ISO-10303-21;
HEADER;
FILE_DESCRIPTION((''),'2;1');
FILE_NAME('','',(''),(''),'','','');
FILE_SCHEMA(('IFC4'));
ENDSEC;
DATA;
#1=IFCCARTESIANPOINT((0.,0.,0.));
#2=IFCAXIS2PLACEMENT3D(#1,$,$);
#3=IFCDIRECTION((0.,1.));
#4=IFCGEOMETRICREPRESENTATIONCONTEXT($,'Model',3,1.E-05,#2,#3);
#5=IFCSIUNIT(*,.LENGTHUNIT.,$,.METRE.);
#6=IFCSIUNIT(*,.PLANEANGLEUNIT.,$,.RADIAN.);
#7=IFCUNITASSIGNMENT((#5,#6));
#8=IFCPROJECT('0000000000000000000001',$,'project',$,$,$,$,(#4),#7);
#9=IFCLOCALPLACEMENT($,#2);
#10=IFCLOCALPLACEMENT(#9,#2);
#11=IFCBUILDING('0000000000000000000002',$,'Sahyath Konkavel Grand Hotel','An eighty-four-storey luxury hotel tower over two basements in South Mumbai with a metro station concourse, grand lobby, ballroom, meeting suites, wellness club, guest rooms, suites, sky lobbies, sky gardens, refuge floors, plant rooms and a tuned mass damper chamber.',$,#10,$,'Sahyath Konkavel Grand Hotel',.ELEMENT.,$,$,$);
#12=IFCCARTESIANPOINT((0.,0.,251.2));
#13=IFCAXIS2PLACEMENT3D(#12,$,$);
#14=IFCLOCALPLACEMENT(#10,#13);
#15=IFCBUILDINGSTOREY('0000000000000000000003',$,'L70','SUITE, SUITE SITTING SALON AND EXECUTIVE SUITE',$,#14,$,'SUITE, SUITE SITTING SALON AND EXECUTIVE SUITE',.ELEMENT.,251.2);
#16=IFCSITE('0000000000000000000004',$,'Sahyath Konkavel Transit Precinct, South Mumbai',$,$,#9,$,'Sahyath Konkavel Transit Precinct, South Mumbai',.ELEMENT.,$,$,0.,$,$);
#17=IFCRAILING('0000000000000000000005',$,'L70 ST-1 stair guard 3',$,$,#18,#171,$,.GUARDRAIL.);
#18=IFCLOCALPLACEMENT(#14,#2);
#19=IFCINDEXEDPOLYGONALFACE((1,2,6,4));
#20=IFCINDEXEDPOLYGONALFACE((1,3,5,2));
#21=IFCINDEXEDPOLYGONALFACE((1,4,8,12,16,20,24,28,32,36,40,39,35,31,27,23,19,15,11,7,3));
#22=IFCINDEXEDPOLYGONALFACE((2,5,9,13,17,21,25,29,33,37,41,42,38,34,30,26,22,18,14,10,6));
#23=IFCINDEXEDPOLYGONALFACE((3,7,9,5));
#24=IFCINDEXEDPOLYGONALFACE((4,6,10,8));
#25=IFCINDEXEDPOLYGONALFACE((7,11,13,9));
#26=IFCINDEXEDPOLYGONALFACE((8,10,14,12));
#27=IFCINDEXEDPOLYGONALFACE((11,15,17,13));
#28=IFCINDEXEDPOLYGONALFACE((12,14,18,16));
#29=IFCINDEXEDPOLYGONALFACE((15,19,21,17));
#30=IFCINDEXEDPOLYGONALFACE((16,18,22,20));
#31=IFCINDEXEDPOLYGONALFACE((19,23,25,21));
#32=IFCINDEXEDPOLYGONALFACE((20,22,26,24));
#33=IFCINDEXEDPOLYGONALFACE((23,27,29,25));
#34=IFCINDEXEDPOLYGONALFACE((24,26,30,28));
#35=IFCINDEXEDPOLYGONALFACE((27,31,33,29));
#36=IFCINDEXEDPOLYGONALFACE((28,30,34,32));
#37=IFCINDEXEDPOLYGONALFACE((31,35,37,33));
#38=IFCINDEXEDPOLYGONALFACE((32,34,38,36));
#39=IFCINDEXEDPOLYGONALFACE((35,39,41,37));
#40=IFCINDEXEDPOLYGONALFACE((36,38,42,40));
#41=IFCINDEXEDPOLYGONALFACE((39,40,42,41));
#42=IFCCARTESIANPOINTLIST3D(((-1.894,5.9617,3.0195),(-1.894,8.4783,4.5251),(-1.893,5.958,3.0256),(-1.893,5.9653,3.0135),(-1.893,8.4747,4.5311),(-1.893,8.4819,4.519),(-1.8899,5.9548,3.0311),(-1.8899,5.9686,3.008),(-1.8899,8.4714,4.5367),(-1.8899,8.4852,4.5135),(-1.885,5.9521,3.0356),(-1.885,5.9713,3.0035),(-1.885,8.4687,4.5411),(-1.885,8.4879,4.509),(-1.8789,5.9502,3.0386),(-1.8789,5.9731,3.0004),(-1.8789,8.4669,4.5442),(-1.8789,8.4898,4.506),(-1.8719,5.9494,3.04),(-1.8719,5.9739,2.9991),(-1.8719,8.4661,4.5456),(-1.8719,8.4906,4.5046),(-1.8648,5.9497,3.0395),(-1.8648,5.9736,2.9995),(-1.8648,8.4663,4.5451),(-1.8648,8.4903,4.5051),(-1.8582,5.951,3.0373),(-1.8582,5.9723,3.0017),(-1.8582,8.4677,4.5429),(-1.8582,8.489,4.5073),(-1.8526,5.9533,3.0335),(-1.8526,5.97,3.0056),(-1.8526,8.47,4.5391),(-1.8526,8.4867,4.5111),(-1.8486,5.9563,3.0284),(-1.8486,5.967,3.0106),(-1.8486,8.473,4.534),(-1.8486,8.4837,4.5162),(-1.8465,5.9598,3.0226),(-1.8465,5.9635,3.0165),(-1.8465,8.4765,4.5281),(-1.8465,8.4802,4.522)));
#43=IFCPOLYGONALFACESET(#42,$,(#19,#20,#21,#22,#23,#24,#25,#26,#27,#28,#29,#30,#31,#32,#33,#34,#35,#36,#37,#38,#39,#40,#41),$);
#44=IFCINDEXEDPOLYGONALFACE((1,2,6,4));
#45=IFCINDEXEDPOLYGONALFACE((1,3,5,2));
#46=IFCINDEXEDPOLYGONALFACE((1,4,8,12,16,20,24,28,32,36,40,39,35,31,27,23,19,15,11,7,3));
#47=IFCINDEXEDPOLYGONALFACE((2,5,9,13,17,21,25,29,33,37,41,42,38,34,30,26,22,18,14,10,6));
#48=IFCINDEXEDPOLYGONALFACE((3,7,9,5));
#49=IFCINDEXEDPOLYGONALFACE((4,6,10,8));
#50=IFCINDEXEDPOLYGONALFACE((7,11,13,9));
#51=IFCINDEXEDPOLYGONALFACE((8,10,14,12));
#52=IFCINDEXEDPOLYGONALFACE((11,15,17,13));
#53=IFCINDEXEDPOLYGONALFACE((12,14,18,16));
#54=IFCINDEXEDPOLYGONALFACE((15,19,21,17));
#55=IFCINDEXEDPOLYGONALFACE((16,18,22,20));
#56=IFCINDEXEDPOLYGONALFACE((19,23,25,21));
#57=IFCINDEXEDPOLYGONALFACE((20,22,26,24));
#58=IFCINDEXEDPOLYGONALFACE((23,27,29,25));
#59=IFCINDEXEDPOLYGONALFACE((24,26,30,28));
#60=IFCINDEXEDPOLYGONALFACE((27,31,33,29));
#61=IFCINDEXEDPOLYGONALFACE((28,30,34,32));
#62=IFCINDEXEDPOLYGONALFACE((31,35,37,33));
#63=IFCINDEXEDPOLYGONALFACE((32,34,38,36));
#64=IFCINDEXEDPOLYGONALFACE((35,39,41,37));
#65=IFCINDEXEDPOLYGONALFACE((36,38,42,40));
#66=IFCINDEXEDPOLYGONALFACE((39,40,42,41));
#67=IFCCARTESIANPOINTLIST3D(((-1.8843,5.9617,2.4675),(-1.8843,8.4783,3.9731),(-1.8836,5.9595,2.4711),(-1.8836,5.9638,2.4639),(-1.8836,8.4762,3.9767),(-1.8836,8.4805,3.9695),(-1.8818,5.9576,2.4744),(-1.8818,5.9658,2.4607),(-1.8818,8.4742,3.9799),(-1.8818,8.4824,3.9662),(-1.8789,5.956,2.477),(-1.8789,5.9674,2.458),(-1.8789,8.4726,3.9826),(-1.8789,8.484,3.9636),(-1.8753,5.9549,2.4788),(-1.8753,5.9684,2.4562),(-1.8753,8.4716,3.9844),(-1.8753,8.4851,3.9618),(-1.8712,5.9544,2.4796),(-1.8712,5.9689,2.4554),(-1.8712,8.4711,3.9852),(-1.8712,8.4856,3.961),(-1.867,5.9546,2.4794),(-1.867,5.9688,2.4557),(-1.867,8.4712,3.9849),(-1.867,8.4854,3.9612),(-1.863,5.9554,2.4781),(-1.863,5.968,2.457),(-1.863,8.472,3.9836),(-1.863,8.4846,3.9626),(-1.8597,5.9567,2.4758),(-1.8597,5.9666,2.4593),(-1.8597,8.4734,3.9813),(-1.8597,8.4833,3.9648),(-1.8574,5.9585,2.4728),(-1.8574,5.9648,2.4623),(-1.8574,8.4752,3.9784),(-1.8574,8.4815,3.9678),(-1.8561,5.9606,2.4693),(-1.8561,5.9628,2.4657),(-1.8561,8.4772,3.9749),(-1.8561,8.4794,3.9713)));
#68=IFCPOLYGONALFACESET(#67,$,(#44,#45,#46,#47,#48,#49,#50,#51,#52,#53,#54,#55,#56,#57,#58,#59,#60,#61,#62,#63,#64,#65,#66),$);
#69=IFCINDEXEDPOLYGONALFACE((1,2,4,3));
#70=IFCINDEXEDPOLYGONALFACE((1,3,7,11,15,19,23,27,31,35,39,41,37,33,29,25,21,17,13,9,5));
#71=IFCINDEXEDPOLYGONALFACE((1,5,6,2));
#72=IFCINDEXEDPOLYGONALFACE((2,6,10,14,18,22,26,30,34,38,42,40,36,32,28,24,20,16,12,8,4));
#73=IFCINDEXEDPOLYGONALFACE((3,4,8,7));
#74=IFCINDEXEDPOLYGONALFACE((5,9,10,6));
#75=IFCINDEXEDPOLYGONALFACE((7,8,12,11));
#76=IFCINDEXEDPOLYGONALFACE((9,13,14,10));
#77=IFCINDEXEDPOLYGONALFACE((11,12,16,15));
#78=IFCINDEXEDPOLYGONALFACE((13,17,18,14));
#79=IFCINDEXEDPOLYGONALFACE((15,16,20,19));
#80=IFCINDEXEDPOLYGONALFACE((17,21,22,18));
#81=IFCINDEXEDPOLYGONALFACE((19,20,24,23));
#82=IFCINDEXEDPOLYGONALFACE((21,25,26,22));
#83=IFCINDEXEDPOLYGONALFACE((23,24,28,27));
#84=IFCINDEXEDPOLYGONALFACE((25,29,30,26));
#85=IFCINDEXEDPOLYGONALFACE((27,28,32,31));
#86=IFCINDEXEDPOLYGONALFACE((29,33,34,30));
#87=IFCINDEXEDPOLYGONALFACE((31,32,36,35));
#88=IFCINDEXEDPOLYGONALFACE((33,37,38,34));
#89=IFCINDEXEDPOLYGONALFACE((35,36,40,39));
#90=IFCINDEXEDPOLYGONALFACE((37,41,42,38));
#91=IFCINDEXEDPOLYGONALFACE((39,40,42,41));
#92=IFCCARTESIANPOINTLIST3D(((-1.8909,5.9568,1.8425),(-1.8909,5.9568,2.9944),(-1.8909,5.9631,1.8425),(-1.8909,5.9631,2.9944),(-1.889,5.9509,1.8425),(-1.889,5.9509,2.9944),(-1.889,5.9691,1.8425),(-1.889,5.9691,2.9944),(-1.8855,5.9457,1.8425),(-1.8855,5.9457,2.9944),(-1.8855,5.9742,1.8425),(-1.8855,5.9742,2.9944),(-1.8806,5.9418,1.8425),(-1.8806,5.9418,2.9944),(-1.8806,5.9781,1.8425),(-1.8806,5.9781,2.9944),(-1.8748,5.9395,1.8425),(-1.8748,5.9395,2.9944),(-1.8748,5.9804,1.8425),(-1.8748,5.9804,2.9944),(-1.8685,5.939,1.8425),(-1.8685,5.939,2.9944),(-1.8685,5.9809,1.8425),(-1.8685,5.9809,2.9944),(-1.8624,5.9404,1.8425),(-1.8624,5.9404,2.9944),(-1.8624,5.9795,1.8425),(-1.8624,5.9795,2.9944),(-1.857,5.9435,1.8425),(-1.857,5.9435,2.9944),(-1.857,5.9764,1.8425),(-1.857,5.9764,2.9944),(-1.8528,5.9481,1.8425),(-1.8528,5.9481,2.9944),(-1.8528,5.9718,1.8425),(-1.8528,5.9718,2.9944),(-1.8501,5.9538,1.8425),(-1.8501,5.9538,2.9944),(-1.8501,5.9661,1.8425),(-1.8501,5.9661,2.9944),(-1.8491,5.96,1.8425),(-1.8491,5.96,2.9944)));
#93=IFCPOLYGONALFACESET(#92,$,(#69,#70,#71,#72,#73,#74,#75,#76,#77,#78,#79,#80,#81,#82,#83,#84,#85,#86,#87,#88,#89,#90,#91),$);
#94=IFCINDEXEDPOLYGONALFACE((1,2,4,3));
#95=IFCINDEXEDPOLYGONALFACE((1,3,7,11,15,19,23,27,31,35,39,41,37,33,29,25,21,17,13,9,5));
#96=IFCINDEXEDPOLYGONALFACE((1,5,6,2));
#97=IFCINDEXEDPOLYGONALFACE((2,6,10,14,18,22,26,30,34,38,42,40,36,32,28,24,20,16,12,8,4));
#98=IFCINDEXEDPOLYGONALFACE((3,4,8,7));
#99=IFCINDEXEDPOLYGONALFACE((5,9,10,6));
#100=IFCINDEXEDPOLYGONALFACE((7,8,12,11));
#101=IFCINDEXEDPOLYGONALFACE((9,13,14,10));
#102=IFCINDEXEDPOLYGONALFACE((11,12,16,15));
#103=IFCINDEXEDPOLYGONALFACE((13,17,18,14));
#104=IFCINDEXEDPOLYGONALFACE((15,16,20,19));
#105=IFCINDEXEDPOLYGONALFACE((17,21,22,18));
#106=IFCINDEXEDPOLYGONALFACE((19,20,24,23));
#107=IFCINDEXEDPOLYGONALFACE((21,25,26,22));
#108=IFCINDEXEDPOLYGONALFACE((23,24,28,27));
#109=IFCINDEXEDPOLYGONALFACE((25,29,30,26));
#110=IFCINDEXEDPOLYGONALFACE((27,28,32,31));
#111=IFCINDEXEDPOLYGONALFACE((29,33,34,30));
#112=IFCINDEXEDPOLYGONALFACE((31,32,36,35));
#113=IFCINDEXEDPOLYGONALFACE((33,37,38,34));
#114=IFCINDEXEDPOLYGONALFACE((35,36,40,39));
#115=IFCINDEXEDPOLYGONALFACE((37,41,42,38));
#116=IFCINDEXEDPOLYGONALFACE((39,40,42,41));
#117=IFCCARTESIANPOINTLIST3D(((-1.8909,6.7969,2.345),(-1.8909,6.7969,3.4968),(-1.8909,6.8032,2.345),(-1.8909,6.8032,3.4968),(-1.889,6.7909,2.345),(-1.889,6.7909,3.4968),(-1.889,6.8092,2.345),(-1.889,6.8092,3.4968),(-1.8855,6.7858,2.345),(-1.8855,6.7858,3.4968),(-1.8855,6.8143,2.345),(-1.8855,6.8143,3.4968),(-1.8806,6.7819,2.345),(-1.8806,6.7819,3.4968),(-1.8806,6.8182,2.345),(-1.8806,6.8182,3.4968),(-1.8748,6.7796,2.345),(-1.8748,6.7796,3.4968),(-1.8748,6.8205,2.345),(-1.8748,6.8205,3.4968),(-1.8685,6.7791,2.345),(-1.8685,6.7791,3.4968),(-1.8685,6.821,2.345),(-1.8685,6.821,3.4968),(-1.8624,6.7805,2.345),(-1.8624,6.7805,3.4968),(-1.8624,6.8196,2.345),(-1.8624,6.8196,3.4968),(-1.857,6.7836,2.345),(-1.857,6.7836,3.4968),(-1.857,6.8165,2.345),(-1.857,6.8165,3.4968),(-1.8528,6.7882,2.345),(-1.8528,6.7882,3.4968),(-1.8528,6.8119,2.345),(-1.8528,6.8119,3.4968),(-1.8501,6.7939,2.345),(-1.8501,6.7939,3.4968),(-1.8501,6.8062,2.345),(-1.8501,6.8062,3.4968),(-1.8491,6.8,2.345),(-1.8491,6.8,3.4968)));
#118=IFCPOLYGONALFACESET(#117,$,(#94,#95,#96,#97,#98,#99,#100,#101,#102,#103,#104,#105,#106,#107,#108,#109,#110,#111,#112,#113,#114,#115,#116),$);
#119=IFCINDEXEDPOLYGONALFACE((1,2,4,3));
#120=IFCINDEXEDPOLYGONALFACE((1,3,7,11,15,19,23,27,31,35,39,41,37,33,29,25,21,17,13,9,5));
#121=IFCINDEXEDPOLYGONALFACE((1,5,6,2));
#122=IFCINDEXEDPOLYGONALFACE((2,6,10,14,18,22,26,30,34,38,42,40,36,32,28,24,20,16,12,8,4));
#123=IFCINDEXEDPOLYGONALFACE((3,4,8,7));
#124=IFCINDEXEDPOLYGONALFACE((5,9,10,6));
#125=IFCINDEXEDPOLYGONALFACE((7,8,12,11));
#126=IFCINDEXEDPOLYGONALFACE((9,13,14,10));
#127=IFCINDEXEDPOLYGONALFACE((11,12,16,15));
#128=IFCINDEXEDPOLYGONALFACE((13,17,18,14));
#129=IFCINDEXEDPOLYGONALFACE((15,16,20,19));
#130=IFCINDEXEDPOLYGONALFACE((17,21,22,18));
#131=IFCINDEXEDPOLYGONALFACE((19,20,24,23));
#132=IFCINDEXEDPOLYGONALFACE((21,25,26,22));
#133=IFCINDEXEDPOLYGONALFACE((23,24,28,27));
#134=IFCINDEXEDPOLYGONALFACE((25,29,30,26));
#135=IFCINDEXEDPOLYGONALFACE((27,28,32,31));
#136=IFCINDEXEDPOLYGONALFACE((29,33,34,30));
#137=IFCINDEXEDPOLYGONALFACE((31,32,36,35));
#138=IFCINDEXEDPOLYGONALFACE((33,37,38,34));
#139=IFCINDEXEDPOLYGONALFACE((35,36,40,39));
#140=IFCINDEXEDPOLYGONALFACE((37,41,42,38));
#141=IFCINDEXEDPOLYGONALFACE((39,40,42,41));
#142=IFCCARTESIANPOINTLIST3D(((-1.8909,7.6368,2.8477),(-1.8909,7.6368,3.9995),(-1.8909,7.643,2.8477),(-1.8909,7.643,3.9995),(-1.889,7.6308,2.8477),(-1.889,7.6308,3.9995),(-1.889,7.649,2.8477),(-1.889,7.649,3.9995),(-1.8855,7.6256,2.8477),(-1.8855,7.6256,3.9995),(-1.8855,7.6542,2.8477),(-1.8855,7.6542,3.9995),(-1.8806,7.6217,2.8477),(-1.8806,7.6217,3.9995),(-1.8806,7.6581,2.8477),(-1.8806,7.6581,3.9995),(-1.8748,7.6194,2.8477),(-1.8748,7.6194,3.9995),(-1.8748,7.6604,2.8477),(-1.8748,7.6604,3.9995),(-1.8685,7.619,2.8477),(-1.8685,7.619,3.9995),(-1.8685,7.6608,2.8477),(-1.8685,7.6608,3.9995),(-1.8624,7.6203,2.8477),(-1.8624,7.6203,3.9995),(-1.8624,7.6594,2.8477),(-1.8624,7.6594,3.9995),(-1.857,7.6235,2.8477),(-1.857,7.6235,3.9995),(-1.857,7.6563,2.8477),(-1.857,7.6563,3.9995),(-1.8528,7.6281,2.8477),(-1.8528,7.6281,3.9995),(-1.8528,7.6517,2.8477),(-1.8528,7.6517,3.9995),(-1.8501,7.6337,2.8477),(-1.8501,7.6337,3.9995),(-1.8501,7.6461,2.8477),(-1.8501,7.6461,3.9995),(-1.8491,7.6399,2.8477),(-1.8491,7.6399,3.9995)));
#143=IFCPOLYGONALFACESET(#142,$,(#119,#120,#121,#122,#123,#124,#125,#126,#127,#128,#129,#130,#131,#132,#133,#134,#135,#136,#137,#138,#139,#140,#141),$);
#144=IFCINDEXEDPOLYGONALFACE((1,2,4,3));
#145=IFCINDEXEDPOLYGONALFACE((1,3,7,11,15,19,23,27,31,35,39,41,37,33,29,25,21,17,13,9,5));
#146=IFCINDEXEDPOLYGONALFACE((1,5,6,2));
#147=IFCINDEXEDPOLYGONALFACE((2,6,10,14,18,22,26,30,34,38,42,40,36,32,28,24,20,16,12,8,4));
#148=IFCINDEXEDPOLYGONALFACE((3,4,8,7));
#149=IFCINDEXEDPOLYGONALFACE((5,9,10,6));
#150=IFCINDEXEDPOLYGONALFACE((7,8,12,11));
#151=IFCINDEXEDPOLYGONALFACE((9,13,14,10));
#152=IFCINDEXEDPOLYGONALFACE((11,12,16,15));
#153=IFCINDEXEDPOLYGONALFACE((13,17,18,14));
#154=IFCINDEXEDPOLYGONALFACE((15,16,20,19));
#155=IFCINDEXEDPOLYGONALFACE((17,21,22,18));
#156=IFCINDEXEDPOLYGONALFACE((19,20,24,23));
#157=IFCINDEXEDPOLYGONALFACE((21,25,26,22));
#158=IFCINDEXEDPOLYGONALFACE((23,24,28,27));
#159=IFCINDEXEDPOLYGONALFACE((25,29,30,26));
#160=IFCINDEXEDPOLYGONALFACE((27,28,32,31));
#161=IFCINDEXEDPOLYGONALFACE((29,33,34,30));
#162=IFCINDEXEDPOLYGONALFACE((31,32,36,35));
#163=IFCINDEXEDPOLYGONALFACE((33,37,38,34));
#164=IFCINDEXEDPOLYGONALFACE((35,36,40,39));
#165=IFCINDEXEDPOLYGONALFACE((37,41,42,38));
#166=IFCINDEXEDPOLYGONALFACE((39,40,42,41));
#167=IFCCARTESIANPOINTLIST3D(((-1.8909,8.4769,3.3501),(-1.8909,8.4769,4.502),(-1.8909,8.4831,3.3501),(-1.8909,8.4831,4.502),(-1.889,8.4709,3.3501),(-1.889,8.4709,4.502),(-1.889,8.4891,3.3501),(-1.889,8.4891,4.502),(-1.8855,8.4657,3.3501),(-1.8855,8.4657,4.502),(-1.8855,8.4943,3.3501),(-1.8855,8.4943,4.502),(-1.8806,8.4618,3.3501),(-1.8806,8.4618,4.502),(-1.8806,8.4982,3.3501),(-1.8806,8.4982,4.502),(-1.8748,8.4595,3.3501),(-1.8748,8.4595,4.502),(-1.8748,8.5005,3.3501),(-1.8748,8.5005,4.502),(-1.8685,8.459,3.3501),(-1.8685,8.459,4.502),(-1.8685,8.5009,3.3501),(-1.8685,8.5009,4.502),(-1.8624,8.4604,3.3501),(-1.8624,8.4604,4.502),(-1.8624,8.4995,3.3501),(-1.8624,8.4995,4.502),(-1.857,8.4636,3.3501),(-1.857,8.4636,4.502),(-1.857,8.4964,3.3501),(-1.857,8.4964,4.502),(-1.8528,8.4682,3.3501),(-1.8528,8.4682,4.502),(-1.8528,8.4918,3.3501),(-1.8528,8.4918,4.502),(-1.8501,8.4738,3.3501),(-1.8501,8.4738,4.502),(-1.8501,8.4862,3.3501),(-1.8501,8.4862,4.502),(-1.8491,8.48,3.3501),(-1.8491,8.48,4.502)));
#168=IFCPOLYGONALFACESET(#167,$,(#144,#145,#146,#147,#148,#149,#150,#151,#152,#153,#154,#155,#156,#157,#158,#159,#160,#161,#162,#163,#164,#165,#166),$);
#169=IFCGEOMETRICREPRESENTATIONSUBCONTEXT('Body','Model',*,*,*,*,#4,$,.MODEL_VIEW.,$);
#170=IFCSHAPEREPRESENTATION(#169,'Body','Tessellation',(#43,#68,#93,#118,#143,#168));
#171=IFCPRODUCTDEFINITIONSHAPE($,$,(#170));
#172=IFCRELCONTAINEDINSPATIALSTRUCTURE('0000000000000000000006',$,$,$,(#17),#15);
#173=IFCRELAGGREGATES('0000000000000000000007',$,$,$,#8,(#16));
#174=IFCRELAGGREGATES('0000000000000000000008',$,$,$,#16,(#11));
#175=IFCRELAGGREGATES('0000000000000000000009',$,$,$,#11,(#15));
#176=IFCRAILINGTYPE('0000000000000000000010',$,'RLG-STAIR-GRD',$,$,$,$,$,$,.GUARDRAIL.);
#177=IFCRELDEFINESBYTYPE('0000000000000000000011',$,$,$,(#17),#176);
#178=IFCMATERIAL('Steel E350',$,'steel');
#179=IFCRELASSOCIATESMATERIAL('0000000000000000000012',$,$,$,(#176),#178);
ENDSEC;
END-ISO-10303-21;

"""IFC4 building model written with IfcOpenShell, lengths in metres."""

from ifc_helpers import new_model, si_unit, direction, frame, origin, origin_2d, place, context, subcontext, project, spatial, circle, extrude, material, type_object, element, save


model = new_model("IFC4")

# Units and contexts
model_context = context("Model", 3, precision=1e-05, world=origin(), true_north=direction((0.0, 1.0)))
body_context = subcontext(model_context, "Body", "Model", "MODEL_VIEW")
ifc_project = project(units=[si_unit("LENGTHUNIT", "METRE"), si_unit("PLANEANGLEUNIT", "RADIAN")], contexts=[model_context])

# Site, building, storey
site_placement = place(None, origin())
site = spatial("IfcSite", under=ifc_project, at=site_placement, Name="Sahyath Konkavel Transit Precinct, South Mumbai", LongName="Sahyath Konkavel Transit Precinct, South Mumbai", CompositionType="ELEMENT", RefElevation=0.0)
building_placement = place(site_placement, origin())
building = spatial("IfcBuilding", under=site, at=building_placement, Name="Sahyath Konkavel Grand Hotel", Description="An eighty-four-storey luxury hotel tower over two basements in South Mumbai with a metro station concourse, grand lobby, ballroom, meeting suites, wellness club, guest rooms, suites, sky lobbies, sky gardens, refuge floors, plant rooms and a tuned mass damper chamber.", LongName="Sahyath Konkavel Grand Hotel", CompositionType="ELEMENT")
storey_placement = place(building_placement, frame((0.0, 0.0, 251.2)))
storey = spatial("IfcBuildingStorey", under=building, at=storey_placement, Name="L70", Description="SUITE, SUITE SITTING SALON AND EXECUTIVE SUITE", LongName="SUITE, SUITE SITTING SALON AND EXECUTIVE SUITE", CompositionType="ELEMENT", Elevation=251.2)

# Shared definitions
ifc_material_1 = material(Name="Steel E350", Category="steel")

# Railing
railing_type_1 = type_object("IfcRailingType", Name="RLG-STAIR-GRD", PredefinedType="GUARDRAIL", material=ifc_material_1)
railing_1_placement = place(storey_placement, frame((-1.8701, 5.96, 1.8425)))
element("IfcRailing", 1, at=railing_1_placement, inside=storey, type_object=railing_type_1, Name="L70 ST-1 stair guard 3", PredefinedType="GUARDRAIL", context=body_context, shape_type="SweptSolid", body=[
    extrude(circle(Radius=0.0239, at=origin_2d()), frame((0.0, 0.0017, 1.177), z_axis=(0.0, 0.85816, 0.513383), x_axis=(-1.0, 0.0, 0.0)), (0.0, 0.0, 1.0), 2.9326),
    extrude(circle(Radius=0.0142, at=origin_2d()), frame((0.0, 0.0017, 0.625), z_axis=(0.0, 0.85816, 0.513383), x_axis=(-1.0, 0.0, 0.0)), (0.0, 0.0, 1.0), 2.9326),
    extrude(circle(Radius=0.021, at=origin_2d()), origin(), (0.0, 0.0, 1.0), 1.1519),
    extrude(circle(Radius=0.021, at=origin_2d()), frame((0.0, 0.8401, 0.5024)), (0.0, 0.0, 1.0), 1.1519),
    extrude(circle(Radius=0.021, at=origin_2d()), frame((0.0, 1.6799, 1.0051)), (0.0, 0.0, 1.0), 1.1519),
    extrude(circle(Radius=0.021, at=origin_2d()), frame((0.0, 2.52, 1.5076)), (0.0, 0.0, 1.0), 1.1519),
])

save(model, "model.ifc")
